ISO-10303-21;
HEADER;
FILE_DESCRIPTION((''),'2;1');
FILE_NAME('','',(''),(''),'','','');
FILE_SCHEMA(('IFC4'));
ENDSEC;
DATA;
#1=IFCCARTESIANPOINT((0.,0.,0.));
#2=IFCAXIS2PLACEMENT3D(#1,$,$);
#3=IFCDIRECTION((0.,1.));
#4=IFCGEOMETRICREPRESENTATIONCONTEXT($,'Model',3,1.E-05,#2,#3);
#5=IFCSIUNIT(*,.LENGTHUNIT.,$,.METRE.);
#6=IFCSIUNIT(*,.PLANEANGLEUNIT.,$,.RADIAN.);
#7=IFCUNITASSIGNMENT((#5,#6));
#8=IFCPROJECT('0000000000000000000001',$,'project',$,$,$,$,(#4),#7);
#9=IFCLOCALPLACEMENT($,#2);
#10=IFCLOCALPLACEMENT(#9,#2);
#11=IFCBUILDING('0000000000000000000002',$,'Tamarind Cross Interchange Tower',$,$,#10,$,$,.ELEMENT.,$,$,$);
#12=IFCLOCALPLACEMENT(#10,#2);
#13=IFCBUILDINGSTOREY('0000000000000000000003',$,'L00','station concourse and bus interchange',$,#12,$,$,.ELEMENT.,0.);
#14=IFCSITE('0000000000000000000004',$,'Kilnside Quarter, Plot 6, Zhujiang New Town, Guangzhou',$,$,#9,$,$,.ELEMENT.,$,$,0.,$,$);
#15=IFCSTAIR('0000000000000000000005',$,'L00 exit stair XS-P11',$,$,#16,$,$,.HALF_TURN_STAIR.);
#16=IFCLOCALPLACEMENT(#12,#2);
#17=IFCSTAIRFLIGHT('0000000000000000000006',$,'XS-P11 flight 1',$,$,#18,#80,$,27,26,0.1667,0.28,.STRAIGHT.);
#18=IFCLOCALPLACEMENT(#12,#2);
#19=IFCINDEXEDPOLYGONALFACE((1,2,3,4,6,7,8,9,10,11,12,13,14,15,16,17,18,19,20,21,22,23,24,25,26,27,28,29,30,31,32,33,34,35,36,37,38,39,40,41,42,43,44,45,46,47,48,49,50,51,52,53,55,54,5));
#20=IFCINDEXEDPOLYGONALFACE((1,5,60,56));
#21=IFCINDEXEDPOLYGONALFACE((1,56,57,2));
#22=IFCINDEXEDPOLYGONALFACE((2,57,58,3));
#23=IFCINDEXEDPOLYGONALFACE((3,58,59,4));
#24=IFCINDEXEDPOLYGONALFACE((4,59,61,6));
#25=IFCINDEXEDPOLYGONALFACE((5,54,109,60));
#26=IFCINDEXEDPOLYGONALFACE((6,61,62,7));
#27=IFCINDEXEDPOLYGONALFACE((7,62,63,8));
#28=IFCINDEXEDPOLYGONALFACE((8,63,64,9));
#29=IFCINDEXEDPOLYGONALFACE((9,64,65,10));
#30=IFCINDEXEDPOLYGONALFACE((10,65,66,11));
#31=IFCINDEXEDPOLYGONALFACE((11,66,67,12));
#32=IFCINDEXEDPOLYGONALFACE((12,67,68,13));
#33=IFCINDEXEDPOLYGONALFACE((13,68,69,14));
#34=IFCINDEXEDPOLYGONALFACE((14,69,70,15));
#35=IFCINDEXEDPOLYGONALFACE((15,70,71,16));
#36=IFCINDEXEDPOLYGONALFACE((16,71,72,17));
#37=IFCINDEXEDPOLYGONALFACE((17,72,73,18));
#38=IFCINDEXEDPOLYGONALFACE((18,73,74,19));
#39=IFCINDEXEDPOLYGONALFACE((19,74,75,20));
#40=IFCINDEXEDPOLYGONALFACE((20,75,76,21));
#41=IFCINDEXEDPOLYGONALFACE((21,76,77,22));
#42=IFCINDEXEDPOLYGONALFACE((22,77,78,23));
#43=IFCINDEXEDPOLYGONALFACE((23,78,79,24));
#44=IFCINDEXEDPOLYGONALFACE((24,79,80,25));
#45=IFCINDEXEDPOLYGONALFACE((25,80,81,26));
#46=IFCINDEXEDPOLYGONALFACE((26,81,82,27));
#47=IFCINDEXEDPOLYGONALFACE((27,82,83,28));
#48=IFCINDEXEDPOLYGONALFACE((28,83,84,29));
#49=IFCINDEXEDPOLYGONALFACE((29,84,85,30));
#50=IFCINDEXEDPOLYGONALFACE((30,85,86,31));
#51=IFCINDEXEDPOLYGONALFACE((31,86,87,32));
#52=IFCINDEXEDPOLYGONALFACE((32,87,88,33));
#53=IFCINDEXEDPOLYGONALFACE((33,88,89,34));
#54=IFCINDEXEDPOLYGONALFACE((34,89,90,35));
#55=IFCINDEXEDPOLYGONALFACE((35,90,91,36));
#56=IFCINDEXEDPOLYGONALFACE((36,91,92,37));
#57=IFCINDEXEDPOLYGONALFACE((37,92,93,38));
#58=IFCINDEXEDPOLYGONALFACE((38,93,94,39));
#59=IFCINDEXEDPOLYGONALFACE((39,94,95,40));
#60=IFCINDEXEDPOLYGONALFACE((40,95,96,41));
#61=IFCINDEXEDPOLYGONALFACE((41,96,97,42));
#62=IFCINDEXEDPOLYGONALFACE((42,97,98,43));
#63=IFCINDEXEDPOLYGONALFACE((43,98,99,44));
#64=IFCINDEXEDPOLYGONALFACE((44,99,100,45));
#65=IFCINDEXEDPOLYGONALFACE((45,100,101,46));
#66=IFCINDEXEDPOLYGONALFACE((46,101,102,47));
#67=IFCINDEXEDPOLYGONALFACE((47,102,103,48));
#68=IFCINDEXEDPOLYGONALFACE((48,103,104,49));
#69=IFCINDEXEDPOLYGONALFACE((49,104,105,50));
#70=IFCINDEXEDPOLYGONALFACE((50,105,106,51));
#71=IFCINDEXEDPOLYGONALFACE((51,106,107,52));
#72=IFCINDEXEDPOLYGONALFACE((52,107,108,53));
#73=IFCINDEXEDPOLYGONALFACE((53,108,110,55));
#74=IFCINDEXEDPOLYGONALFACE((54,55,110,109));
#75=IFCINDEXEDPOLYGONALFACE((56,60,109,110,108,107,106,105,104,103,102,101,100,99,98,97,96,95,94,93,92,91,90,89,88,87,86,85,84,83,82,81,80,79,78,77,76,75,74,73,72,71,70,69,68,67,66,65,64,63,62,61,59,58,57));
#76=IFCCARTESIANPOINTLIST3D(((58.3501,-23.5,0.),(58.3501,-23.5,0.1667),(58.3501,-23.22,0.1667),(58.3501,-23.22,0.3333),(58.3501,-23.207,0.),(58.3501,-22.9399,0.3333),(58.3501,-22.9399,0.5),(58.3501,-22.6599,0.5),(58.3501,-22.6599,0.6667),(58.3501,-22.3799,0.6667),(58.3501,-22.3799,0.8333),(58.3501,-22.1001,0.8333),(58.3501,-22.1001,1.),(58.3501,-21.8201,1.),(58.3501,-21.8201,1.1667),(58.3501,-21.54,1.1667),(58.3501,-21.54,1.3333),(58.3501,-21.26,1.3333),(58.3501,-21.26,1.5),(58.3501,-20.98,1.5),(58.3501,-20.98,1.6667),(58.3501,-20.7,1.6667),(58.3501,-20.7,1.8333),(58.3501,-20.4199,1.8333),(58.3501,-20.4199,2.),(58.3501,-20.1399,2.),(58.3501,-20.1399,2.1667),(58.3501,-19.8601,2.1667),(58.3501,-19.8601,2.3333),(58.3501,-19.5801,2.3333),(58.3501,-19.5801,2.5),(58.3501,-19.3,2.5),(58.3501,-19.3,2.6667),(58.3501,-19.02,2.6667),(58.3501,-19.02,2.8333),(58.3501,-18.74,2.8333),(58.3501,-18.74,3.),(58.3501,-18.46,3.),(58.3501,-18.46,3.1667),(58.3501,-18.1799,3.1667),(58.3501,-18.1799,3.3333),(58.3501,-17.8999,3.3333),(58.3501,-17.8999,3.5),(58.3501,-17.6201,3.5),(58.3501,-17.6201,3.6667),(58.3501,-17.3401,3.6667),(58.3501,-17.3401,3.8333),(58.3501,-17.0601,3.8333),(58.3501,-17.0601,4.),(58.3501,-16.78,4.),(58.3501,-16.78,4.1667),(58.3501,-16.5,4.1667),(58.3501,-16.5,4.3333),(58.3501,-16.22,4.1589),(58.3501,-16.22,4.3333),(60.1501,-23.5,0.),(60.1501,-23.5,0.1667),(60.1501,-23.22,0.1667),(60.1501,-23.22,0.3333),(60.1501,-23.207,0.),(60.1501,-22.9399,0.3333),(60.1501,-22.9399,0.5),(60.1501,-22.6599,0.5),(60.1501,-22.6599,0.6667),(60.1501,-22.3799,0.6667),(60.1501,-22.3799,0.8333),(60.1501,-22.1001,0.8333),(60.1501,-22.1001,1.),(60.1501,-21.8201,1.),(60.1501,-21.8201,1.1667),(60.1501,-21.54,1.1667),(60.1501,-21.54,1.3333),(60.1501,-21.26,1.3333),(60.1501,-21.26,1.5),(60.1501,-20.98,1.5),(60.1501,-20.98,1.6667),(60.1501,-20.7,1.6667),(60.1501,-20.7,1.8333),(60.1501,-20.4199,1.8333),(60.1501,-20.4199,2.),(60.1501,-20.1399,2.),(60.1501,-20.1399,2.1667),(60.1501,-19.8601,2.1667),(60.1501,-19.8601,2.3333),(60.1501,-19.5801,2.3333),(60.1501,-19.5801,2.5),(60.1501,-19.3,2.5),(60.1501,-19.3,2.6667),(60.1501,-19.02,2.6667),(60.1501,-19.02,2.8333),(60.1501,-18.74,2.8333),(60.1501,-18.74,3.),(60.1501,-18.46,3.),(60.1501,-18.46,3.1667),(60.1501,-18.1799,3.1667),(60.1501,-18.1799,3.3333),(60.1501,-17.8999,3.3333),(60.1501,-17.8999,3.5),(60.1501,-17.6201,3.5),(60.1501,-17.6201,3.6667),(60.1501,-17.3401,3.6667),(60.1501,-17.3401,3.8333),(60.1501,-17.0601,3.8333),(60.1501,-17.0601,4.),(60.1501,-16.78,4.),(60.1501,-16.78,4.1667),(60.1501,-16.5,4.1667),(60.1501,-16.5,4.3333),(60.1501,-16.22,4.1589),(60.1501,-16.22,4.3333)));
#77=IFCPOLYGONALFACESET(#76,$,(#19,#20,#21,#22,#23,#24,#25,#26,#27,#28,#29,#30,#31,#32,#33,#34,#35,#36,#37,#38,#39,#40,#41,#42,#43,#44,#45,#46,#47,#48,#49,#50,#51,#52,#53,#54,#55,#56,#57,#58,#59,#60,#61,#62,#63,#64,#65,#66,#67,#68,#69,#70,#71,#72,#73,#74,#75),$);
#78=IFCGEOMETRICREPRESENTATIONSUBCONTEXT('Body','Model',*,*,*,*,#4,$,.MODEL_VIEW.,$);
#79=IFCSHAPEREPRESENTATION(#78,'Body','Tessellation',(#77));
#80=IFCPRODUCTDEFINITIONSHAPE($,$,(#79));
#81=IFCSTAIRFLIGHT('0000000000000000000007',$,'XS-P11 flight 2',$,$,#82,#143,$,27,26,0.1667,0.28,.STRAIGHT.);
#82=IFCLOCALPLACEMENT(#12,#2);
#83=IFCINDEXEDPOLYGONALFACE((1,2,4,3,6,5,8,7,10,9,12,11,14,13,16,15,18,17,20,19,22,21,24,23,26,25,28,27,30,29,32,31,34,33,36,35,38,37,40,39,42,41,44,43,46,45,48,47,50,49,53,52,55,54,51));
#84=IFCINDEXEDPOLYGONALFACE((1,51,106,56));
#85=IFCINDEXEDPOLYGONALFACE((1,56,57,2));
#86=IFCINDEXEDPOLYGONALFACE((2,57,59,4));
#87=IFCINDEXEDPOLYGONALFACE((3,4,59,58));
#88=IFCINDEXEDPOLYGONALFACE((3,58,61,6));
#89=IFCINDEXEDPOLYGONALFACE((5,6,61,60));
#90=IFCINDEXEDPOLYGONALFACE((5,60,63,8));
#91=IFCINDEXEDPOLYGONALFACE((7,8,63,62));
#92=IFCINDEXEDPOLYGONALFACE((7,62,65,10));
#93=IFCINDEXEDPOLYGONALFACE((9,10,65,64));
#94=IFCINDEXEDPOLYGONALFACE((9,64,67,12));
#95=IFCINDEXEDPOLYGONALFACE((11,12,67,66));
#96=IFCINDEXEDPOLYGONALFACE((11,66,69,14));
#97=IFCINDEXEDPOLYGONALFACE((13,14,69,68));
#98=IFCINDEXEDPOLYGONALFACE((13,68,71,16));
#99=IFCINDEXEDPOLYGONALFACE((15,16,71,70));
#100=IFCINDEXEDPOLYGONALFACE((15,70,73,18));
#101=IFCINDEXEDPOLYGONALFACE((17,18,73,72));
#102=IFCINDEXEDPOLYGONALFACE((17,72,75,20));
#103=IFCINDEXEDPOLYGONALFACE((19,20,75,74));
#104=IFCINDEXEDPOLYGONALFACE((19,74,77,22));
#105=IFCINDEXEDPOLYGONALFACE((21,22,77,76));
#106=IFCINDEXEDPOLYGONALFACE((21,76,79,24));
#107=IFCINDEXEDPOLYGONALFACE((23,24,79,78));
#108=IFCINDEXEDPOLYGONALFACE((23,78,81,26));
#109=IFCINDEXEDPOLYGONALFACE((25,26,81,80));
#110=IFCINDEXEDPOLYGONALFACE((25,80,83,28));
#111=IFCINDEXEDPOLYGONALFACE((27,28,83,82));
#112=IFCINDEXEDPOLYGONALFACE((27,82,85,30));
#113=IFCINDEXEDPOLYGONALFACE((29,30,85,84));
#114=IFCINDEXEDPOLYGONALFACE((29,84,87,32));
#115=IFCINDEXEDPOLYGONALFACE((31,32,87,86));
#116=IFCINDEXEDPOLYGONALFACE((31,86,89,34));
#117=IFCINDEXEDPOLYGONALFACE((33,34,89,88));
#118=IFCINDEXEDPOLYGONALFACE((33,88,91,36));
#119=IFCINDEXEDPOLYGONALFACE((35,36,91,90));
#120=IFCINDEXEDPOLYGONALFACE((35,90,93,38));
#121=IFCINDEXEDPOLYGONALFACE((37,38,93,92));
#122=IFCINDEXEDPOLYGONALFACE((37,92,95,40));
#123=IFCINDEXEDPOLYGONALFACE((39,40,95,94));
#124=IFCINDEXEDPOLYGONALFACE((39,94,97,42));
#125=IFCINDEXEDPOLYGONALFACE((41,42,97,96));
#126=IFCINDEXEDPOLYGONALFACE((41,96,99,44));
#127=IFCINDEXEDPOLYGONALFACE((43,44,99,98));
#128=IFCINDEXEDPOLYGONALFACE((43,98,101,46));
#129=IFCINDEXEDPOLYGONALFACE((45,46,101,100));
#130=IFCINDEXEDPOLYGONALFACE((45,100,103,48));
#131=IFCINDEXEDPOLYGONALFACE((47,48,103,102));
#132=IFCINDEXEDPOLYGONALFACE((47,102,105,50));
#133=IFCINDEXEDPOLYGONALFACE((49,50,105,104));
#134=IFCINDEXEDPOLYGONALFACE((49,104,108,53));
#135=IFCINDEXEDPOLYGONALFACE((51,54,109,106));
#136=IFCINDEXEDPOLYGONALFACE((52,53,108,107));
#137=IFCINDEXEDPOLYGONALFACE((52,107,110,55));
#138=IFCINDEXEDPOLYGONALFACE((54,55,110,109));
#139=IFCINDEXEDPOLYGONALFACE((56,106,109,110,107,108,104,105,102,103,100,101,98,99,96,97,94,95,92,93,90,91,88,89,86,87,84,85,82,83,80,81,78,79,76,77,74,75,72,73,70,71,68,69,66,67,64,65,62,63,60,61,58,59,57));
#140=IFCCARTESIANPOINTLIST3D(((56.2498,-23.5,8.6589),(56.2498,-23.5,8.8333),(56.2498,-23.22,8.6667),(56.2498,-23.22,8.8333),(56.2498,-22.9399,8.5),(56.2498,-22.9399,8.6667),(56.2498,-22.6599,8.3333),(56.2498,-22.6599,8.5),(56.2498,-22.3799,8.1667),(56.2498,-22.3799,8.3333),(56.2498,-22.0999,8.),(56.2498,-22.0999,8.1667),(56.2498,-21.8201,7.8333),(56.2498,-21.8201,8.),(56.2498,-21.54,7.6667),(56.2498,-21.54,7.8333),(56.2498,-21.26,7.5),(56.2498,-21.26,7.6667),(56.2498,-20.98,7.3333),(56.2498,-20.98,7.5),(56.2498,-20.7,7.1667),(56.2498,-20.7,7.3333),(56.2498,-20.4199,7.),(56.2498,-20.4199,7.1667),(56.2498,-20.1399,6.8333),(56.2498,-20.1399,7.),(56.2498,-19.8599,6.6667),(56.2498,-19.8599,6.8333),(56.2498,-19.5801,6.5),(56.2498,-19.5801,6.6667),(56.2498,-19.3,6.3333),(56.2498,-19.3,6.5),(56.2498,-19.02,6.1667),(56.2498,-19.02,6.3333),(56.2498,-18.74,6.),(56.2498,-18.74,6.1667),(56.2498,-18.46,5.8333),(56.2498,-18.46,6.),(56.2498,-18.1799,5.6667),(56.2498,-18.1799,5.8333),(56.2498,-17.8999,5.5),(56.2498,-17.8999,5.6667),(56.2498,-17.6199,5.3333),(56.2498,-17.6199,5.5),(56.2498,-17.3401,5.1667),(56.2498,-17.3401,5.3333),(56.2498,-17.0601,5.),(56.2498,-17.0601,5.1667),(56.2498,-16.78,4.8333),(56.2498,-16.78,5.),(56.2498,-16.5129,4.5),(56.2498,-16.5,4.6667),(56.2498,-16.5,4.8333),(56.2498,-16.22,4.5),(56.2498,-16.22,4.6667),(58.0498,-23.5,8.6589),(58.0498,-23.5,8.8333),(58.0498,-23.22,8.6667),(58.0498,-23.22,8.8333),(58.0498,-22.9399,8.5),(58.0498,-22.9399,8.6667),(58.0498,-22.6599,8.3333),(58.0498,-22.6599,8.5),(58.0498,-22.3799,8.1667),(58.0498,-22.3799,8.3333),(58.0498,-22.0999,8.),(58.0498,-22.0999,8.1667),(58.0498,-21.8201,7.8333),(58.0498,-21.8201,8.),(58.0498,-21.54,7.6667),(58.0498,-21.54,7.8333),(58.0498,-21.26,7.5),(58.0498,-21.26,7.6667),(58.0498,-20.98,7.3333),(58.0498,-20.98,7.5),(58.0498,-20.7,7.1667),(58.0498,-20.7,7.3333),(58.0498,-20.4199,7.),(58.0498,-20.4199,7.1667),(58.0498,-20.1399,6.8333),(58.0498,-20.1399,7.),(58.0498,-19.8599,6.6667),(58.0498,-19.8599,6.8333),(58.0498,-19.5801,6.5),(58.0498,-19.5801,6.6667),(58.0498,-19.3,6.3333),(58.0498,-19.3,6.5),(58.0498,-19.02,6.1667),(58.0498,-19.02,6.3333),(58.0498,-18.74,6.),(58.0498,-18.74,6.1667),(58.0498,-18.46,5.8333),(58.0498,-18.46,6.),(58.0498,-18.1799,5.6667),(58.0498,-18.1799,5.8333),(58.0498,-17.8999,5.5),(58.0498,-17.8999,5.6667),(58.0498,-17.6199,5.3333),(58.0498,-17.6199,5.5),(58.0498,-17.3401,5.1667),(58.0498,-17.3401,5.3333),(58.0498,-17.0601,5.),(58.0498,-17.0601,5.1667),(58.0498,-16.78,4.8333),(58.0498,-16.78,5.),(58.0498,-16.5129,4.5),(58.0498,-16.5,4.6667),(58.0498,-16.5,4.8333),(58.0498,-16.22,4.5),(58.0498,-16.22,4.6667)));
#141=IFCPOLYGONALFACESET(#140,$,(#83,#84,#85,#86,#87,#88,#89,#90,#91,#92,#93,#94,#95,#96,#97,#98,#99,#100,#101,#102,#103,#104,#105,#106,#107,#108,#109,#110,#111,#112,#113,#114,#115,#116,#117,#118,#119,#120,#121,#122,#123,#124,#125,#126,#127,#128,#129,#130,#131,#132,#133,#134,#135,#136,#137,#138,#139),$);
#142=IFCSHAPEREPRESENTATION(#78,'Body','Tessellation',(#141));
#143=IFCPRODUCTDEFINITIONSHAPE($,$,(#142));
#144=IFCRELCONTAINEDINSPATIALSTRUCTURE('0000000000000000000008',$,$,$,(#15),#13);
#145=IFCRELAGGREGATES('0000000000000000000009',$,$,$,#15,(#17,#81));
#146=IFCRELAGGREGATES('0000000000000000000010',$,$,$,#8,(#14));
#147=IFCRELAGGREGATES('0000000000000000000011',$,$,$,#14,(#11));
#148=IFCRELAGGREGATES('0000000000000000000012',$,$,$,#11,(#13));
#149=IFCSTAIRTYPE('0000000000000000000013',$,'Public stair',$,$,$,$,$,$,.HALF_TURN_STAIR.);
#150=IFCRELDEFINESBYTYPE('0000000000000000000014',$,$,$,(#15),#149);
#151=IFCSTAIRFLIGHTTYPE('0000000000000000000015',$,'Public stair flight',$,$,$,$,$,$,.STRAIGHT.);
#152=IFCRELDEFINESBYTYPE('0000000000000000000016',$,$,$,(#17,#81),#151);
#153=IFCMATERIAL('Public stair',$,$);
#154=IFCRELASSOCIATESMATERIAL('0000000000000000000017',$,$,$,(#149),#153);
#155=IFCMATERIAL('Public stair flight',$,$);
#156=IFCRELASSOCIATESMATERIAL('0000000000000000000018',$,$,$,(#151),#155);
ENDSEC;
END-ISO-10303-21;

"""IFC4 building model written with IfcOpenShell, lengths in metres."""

from ifc_helpers import new_model, si_unit, direction, frame, origin, place, context, subcontext, project, spatial, polyline, outline, extrude, material, type_object, element, aggregate, save


model = new_model("IFC4")

# Units and contexts
model_context = context("Model", 3, precision=1e-05, world=origin(), true_north=direction((0.0, 1.0)))
body_context = subcontext(model_context, "Body", "Model", "MODEL_VIEW")
ifc_project = project(units=[si_unit("LENGTHUNIT", "METRE"), si_unit("PLANEANGLEUNIT", "RADIAN")], contexts=[model_context])

# Site, building, storey
site_placement = place(None, origin())
site = spatial("IfcSite", under=ifc_project, at=site_placement, Name="Kilnside Quarter, Plot 6, Zhujiang New Town, Guangzhou", CompositionType="ELEMENT", RefElevation=0.0)
building_placement = place(site_placement, origin())
building = spatial("IfcBuilding", under=site, at=building_placement, Name="Tamarind Cross Interchange Tower", CompositionType="ELEMENT")
storey_placement = place(building_placement, origin())
storey = spatial("IfcBuildingStorey", under=building, at=storey_placement, Name="L00", Description="station concourse and bus interchange", CompositionType="ELEMENT", Elevation=0.0)

# Stair, stair flights
ifc_material_1 = material(Name="Public stair")
stair_type = type_object("IfcStairType", Name="Public stair", PredefinedType="HALF_TURN_STAIR", material=ifc_material_1)
stair_placement = place(storey_placement, origin())
stair = element("IfcStair", 1, at=stair_placement, inside=storey, type_object=stair_type, Name="L00 exit stair XS-P11", PredefinedType="HALF_TURN_STAIR")
ifc_material_2 = material(Name="Public stair flight")
stair_flight_type = type_object("IfcStairFlightType", Name="Public stair flight", PredefinedType="STRAIGHT", material=ifc_material_2)
stair_flight_1_placement = place(storey_placement, frame((59.25, -23.5, 0.0), z_axis=(0.0, 0.0, 1.0), x_axis=(0.0, 1.0, 0.0)))
stair_flight_1 = element("IfcStairFlight", 2, at=stair_flight_1_placement, type_object=stair_flight_type, Name="XS-P11 flight 1", NumberOfRisers=27, NumberOfTreads=26, PredefinedType="STRAIGHT", RiserHeight=0.1667, TreadLength=0.28, context=body_context, shape_type="SweptSolid", body=[
    extrude(outline(polyline([(0.0, 0.0), (0.0, 0.1667), (0.28, 0.1667), (0.28, 0.3333), (0.5601, 0.3333), (0.5601, 0.5), (0.8401, 0.5), (0.8401, 0.6667), (1.1201, 0.6667), (1.1201, 0.8333), (1.3999, 0.8333), (1.3999, 1.0), (1.6799, 1.0), (1.6799, 1.1667), (1.96, 1.1667), (1.96, 1.3333), (2.24, 1.3333), (2.24, 1.5), (2.52, 1.5), (2.52, 1.6667), (2.8, 1.6667), (2.8, 1.8333), (3.0801, 1.8333), (3.0801, 2.0), (3.3601, 2.0), (3.3601, 2.1667), (3.6399, 2.1667), (3.6399, 2.3333), (3.9199, 2.3333), (3.9199, 2.5), (4.2, 2.5), (4.2, 2.6667), (4.48, 2.6667), (4.48, 2.8333), (4.76, 2.8333), (4.76, 3.0), (5.04, 3.0), (5.04, 3.1667), (5.3201, 3.1667), (5.3201, 3.3333), (5.6001, 3.3333), (5.6001, 3.5), (5.8799, 3.5), (5.8799, 3.6667), (6.1599, 3.6667), (6.1599, 3.8333), (6.4399, 3.8333), (6.4399, 4.0), (6.72, 4.0), (6.72, 4.1667), (7.0, 4.1667), (7.0, 4.3333), (7.28, 4.3333), (7.28, 4.5), (7.28, 4.1589), (0.293, 0.0), (0.0, 0.0)])), frame((0.0, 0.8999, 0.0), z_axis=(0.0, -1.0, 0.0), x_axis=(1.0, 0.0, 0.0)), (0.0, 0.0, 1.0), 1.8),
])
stair_flight_2_placement = place(storey_placement, frame((57.1499, -16.22, 4.5), z_axis=(0.0, 0.0, 1.0), x_axis=(0.0, -1.0, 0.0)))
stair_flight_2 = element("IfcStairFlight", 3, at=stair_flight_2_placement, type_object=stair_flight_type, Name="XS-P11 flight 2", NumberOfRisers=27, NumberOfTreads=26, PredefinedType="STRAIGHT", RiserHeight=0.1667, TreadLength=0.28, context=body_context, shape_type="SweptSolid", body=[
    extrude(outline(polyline([(0.0, 0.0), (0.0, 0.1667), (0.28, 0.1667), (0.28, 0.3333), (0.5601, 0.3333), (0.5601, 0.5), (0.8401, 0.5), (0.8401, 0.6667), (1.1201, 0.6667), (1.1201, 0.8333), (1.3999, 0.8333), (1.3999, 1.0), (1.6799, 1.0), (1.6799, 1.1667), (1.96, 1.1667), (1.96, 1.3333), (2.24, 1.3333), (2.24, 1.5), (2.52, 1.5), (2.52, 1.6667), (2.8, 1.6667), (2.8, 1.8333), (3.0801, 1.8333), (3.0801, 2.0), (3.3601, 2.0), (3.3601, 2.1667), (3.6399, 2.1667), (3.6399, 2.3333), (3.9199, 2.3333), (3.9199, 2.5), (4.2, 2.5), (4.2, 2.6667), (4.48, 2.6667), (4.48, 2.8333), (4.76, 2.8333), (4.76, 3.0), (5.04, 3.0), (5.04, 3.1667), (5.3201, 3.1667), (5.3201, 3.3333), (5.6001, 3.3333), (5.6001, 3.5), (5.8799, 3.5), (5.8799, 3.6667), (6.1599, 3.6667), (6.1599, 3.8333), (6.4399, 3.8333), (6.4399, 4.0), (6.72, 4.0), (6.72, 4.1667), (7.0, 4.1667), (7.0, 4.3333), (7.28, 4.3333), (7.28, 4.5), (7.28, 4.1589), (0.293, 0.0), (0.0, 0.0)])), frame((0.0, 0.8999, 0.0), z_axis=(0.0, -1.0, 0.0), x_axis=(1.0, 0.0, 0.0)), (0.0, 0.0, 1.0), 1.8),
])
aggregate(stair, [stair_flight_1, stair_flight_2])

save(model, "model.ifc")
